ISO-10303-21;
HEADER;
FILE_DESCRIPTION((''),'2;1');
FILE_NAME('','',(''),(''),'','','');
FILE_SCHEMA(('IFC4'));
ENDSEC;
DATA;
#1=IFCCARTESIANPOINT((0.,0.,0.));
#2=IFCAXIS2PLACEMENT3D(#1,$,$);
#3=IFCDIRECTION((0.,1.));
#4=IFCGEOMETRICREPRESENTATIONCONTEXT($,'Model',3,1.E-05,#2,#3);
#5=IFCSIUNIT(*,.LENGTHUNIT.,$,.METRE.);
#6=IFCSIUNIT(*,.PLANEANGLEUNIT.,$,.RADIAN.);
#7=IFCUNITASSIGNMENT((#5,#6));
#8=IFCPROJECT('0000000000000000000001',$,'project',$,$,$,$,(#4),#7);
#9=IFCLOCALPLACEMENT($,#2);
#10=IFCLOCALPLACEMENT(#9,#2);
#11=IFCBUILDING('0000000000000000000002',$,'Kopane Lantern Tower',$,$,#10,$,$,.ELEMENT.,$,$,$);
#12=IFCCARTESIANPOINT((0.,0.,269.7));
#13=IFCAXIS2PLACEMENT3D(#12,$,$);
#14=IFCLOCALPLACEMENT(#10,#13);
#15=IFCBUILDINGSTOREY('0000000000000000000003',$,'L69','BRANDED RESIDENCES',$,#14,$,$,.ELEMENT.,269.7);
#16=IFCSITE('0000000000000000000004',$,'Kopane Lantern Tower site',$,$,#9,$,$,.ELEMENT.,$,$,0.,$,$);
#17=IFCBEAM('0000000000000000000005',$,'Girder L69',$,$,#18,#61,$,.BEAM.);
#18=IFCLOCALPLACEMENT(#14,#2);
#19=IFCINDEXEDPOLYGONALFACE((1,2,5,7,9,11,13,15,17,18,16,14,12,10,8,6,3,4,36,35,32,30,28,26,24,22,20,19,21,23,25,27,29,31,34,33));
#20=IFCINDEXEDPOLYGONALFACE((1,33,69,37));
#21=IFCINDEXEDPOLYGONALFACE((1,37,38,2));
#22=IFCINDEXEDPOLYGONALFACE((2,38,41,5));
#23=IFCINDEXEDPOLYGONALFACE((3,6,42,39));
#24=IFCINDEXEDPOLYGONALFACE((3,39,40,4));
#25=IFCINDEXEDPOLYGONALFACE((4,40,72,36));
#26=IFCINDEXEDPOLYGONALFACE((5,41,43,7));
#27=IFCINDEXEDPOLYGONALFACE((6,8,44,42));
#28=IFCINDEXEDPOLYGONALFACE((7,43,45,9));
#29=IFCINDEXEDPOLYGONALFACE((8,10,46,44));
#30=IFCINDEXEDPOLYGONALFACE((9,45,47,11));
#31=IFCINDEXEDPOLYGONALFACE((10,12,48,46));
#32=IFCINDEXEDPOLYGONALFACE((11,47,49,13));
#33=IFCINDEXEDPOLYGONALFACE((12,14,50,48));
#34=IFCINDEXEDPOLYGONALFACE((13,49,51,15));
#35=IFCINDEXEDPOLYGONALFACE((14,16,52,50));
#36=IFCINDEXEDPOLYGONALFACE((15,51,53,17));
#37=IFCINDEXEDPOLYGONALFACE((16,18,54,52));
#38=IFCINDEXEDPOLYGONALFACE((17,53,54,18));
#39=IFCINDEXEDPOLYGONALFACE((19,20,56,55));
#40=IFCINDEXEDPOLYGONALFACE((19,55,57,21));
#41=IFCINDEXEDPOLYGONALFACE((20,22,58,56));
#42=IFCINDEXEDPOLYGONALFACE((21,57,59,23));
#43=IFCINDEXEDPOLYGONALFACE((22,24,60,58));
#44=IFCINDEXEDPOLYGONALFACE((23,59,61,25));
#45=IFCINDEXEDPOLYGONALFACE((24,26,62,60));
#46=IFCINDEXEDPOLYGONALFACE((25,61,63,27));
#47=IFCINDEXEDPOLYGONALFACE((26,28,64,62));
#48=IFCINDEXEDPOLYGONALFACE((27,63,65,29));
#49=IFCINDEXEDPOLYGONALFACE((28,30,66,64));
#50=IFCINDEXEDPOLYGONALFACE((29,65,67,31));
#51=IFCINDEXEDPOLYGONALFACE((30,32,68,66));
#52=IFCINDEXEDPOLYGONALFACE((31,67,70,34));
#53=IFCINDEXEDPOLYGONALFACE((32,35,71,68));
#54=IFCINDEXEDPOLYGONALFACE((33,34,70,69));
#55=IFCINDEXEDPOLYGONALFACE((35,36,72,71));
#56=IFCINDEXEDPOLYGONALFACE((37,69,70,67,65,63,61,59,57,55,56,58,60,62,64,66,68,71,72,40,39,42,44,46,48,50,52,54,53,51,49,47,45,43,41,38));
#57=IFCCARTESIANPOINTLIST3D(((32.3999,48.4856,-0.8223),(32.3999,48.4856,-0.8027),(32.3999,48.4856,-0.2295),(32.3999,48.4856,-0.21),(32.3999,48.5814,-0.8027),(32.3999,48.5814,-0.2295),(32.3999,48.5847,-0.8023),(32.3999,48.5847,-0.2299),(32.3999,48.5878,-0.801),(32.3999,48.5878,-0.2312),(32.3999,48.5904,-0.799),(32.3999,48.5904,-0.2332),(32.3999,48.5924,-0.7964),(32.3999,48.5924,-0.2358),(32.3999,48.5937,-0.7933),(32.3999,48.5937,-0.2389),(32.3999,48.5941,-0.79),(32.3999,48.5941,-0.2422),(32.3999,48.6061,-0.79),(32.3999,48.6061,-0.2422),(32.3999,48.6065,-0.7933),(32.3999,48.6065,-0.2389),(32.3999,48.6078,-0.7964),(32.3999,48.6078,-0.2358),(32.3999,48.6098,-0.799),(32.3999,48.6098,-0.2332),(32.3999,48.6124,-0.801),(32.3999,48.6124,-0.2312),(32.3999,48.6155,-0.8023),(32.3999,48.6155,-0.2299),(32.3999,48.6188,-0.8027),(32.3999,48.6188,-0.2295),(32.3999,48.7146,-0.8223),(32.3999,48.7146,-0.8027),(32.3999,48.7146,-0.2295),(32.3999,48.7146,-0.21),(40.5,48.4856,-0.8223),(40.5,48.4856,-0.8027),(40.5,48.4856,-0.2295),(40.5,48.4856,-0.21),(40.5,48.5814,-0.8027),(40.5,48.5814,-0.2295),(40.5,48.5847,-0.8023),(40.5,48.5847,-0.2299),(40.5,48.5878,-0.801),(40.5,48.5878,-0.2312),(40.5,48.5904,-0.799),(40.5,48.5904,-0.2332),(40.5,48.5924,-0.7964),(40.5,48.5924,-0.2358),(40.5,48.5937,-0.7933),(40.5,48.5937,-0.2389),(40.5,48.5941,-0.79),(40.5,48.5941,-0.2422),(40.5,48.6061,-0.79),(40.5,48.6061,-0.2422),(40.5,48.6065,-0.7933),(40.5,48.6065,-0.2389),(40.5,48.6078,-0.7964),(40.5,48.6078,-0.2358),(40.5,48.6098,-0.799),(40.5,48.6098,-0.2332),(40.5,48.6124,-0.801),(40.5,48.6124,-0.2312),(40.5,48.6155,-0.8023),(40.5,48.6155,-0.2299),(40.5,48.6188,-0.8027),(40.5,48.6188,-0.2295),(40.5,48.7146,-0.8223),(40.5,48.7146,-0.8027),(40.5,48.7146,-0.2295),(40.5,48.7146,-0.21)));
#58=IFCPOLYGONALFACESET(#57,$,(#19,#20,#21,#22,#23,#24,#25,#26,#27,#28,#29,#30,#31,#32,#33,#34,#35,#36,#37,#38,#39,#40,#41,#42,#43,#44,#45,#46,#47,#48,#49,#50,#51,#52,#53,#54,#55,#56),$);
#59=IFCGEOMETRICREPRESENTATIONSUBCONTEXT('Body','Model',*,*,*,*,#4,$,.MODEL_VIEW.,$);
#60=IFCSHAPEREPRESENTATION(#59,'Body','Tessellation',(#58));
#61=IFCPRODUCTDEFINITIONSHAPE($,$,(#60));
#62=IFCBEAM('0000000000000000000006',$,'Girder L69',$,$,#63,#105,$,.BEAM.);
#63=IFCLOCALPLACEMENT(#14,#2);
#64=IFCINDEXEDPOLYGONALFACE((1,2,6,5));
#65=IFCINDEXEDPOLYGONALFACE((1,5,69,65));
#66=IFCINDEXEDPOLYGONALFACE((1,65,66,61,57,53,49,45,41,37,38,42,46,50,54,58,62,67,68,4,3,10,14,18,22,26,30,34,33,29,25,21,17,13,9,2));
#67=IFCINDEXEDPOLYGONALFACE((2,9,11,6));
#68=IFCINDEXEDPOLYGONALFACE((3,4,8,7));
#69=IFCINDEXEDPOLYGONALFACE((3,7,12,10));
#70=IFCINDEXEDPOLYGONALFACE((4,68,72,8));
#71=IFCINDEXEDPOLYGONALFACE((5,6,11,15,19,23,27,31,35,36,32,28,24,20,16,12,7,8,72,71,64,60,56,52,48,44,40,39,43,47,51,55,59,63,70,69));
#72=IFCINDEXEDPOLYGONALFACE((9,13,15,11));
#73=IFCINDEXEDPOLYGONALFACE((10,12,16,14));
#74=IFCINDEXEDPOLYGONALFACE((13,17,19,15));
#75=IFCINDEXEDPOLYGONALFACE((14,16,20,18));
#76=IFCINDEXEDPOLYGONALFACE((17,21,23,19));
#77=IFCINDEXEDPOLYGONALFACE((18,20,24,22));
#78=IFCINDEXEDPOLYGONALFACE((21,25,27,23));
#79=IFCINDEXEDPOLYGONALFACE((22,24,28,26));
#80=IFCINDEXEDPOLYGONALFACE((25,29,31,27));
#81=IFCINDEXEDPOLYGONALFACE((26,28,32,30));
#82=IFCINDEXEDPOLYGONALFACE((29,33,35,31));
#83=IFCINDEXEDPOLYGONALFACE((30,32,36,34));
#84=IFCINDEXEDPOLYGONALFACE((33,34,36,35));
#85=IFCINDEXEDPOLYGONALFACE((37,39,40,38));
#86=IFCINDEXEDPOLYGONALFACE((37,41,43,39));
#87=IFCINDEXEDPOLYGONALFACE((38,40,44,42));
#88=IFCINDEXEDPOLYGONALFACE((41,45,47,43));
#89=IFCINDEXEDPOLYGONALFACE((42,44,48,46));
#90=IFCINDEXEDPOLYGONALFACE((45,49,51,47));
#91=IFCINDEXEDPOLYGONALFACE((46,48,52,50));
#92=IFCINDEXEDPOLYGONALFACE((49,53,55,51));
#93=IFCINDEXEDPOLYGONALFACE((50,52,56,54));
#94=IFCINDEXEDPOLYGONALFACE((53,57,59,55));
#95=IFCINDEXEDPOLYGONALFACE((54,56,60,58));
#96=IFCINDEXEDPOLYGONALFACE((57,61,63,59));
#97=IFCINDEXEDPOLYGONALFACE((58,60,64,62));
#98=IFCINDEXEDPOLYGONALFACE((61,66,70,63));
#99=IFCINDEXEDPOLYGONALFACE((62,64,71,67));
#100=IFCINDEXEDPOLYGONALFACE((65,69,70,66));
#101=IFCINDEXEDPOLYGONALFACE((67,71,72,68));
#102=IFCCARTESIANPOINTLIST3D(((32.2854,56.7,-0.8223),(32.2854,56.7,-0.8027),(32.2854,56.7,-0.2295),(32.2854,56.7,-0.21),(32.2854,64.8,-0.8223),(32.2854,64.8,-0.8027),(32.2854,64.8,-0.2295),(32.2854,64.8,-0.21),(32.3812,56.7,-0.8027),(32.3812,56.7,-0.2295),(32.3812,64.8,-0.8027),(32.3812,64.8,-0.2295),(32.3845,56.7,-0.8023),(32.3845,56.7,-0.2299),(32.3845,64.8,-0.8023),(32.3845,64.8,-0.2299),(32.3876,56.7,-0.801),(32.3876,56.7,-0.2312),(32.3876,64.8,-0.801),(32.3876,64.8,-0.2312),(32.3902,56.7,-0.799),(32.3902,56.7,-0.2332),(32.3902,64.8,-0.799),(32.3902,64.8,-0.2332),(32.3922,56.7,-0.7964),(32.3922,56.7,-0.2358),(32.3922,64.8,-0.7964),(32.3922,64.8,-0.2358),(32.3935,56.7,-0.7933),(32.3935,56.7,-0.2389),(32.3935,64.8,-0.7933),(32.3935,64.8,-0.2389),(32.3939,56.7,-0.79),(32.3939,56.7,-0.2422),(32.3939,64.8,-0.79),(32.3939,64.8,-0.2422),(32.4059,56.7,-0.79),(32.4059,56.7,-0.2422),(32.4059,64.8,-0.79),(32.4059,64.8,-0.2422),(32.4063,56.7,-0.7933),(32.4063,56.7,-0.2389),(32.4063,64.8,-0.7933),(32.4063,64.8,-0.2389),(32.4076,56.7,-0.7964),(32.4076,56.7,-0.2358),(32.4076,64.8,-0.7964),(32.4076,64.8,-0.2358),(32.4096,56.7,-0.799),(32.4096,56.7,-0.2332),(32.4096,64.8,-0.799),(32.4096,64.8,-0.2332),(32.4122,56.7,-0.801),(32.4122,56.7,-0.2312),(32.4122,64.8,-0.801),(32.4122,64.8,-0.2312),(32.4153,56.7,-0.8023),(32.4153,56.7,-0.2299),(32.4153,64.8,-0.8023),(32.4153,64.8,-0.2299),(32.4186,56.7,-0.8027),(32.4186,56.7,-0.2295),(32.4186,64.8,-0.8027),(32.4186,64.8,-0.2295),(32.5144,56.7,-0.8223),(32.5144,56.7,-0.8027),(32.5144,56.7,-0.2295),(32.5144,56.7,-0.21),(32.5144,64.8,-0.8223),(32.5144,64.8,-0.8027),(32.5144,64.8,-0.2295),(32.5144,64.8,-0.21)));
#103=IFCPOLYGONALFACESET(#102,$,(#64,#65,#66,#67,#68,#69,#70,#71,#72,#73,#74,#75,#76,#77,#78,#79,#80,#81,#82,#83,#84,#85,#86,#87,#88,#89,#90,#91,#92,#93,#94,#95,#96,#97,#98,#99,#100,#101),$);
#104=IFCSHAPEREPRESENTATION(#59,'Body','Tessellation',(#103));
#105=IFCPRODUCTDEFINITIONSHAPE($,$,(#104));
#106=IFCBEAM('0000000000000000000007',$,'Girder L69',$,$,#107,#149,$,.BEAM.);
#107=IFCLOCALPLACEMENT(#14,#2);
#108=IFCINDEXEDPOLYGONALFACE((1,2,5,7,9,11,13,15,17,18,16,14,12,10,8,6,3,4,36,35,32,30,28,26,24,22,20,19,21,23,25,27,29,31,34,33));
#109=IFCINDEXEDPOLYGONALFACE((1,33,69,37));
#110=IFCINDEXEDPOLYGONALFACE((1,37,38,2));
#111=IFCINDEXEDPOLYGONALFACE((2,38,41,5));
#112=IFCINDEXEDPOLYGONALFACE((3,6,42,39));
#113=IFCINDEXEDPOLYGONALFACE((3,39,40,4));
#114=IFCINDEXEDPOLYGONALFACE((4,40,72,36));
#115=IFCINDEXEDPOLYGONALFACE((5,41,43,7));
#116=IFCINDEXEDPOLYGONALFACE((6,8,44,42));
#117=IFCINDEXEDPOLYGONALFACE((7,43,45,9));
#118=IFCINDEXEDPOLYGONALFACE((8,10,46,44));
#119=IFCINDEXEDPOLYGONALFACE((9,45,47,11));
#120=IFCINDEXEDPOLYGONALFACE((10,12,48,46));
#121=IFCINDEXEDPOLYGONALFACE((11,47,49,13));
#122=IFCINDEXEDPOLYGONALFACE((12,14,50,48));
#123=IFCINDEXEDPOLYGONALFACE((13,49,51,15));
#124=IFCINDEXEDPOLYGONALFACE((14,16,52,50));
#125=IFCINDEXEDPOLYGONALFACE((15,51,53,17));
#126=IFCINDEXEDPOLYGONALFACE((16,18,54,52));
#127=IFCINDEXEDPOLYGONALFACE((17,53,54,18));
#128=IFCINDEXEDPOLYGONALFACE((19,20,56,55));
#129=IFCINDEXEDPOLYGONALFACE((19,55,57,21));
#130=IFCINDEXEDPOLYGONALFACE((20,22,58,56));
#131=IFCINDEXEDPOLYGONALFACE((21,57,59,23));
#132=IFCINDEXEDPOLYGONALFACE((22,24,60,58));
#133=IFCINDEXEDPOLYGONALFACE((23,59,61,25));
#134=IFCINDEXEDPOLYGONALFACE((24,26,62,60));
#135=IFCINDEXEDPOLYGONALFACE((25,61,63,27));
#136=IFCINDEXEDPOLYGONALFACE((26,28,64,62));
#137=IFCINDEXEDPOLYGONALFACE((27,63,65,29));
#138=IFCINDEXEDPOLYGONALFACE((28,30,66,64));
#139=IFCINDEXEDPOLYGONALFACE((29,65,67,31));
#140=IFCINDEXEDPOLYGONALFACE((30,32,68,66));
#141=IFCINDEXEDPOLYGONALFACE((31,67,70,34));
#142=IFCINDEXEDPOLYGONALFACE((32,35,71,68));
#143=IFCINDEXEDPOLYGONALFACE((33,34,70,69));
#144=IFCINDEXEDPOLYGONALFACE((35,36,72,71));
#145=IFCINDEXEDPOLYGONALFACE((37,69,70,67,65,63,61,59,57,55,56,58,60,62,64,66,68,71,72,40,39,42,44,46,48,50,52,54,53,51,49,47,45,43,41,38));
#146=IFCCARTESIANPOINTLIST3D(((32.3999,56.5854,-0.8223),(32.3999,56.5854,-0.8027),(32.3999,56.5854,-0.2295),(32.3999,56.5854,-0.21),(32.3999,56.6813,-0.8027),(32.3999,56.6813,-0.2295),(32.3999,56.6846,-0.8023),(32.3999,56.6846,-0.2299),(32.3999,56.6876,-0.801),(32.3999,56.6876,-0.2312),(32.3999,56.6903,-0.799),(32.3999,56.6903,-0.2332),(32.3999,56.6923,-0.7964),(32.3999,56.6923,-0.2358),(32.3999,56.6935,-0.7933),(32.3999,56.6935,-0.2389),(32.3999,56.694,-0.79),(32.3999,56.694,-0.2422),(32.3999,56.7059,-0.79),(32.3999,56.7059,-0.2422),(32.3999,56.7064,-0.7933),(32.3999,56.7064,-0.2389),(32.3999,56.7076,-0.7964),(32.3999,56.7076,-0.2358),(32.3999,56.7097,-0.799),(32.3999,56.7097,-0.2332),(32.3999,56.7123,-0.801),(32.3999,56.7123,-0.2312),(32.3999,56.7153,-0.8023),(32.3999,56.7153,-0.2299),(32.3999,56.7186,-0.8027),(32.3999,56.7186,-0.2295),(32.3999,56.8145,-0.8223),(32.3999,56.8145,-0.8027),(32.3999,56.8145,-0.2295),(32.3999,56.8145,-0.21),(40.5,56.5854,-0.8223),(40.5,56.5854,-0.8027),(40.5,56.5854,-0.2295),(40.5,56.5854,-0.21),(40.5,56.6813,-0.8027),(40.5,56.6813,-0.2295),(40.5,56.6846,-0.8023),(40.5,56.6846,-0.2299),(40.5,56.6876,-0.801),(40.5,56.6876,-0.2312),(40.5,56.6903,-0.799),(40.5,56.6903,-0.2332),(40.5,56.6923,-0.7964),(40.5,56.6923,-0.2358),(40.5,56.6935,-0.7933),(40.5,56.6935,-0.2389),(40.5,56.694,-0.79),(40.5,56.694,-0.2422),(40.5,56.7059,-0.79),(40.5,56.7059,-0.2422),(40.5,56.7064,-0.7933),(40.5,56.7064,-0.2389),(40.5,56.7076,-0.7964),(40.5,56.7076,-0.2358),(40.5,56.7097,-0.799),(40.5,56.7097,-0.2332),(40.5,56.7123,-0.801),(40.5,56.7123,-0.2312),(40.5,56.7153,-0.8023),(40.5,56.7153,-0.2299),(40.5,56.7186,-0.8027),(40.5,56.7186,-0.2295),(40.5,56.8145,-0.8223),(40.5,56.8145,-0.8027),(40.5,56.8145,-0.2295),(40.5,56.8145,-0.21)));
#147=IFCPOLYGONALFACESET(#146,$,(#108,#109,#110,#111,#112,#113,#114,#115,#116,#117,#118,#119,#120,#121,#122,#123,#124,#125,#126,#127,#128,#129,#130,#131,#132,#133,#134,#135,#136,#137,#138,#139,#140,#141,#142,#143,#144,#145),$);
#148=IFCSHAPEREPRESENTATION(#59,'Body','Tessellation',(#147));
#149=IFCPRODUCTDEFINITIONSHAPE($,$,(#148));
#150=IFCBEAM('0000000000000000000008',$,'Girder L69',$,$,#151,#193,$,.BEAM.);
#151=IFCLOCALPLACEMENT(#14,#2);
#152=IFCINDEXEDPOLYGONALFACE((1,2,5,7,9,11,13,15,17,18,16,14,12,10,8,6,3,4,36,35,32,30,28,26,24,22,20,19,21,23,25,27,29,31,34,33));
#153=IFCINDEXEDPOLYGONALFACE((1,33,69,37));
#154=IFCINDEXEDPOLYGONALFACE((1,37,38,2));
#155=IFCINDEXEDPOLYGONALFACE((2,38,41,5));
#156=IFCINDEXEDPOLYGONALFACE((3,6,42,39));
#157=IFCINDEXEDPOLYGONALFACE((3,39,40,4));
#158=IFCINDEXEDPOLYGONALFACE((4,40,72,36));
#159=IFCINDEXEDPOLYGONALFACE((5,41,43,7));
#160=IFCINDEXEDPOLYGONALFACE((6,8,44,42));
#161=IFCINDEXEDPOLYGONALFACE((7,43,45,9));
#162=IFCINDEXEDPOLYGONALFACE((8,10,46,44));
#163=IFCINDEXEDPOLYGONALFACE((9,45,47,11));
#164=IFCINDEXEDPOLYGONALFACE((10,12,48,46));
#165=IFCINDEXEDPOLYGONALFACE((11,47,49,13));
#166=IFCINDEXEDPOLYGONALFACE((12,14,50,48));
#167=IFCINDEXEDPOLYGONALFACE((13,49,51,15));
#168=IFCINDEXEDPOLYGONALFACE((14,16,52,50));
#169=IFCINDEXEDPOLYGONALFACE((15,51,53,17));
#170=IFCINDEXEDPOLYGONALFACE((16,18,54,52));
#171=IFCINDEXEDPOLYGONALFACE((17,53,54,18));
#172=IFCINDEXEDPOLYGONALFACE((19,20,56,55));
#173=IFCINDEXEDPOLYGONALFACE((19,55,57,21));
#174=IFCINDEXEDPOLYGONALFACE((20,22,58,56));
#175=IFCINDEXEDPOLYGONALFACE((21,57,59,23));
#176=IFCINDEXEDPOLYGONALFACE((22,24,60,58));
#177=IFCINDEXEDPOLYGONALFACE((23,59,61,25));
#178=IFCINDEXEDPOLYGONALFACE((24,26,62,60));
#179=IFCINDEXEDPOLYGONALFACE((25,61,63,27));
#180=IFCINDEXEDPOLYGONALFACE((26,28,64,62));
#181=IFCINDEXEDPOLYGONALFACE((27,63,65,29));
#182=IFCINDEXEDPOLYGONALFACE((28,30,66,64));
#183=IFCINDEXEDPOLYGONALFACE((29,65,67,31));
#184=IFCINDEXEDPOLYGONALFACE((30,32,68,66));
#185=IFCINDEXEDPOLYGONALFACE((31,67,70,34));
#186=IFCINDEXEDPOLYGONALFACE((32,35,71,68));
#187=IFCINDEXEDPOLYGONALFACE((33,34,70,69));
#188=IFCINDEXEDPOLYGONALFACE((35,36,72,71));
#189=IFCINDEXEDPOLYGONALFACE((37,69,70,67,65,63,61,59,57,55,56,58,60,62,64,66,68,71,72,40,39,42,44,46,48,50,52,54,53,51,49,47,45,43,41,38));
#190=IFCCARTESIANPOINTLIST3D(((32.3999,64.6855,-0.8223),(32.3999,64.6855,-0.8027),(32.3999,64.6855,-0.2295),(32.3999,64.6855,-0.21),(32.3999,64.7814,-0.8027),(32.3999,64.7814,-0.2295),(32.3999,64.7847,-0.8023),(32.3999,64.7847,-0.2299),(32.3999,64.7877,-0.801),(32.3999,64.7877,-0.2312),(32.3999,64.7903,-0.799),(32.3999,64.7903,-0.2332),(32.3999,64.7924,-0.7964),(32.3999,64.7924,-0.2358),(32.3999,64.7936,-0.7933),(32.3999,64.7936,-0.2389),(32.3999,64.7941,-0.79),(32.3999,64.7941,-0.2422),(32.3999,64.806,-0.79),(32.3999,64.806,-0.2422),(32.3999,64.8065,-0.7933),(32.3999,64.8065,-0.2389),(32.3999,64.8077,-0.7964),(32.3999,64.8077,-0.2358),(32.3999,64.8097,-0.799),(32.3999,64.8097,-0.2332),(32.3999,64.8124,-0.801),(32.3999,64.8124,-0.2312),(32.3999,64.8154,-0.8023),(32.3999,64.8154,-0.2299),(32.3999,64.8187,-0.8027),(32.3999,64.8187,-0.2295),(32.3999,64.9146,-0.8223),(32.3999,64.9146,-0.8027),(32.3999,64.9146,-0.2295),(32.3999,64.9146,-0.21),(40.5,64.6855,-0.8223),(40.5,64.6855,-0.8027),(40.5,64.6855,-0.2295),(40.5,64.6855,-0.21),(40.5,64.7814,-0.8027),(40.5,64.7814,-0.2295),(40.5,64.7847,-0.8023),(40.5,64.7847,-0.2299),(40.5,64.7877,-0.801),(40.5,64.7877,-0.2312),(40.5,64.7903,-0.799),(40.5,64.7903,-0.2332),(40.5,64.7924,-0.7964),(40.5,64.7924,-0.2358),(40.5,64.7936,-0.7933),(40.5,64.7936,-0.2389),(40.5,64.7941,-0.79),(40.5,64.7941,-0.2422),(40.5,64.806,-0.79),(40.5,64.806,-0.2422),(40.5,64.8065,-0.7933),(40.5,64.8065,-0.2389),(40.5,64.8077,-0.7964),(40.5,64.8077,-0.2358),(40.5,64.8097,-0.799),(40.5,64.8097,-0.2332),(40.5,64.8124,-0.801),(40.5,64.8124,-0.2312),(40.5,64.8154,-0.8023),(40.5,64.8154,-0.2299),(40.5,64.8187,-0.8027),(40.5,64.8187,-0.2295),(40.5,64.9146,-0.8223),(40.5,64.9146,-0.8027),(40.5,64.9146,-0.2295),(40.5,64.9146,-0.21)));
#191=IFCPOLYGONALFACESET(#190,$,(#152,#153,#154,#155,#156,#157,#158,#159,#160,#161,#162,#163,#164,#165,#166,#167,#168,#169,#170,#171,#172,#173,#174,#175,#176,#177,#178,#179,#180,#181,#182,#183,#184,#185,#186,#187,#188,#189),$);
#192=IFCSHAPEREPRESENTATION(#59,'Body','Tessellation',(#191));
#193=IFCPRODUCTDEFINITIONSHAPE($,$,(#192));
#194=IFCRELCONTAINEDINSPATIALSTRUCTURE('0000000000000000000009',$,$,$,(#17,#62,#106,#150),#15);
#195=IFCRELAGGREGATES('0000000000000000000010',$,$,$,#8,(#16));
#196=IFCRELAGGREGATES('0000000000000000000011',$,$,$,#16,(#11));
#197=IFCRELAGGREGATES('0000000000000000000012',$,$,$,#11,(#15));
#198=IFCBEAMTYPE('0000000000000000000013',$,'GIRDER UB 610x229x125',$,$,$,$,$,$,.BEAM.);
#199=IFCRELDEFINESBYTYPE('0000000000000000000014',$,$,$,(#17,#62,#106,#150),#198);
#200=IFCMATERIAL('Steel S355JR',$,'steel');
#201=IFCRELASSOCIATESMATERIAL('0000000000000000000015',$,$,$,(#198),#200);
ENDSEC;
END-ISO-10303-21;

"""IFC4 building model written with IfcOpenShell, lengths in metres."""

from ifc_helpers import new_model, si_unit, direction, frame, origin, origin_2d, place, context, subcontext, project, spatial, i_section, extrude, material, material_profile, profile_set, type_object, element, save


model = new_model("IFC4")

# Units and contexts
model_context = context("Model", 3, precision=1e-05, world=origin(), true_north=direction((0.0, 1.0)))
body_context = subcontext(model_context, "Body", "Model", "MODEL_VIEW")
ifc_project = project(units=[si_unit("LENGTHUNIT", "METRE"), si_unit("PLANEANGLEUNIT", "RADIAN")], contexts=[model_context])

# Site, building, storey
site_placement = place(None, origin())
site = spatial("IfcSite", under=ifc_project, at=site_placement, Name="Kopane Lantern Tower site", CompositionType="ELEMENT", RefElevation=0.0)
building_placement = place(site_placement, origin())
building = spatial("IfcBuilding", under=site, at=building_placement, Name="Kopane Lantern Tower", CompositionType="ELEMENT")
storey_placement = place(building_placement, frame((0.0, 0.0, 269.7)))
storey = spatial("IfcBuildingStorey", under=building, at=storey_placement, Name="L69", Description="BRANDED RESIDENCES", CompositionType="ELEMENT", Elevation=269.7)

# Beams
ifc_material_1 = material(Name="Steel S355JR", Category="steel")
ifc_material_profile_1 = material_profile(ifc_material_1, i_section(OverallWidth=0.229, OverallDepth=0.6123, WebThickness=0.012, FlangeThickness=0.0195, FilletRadius=0.0127, at=origin_2d()), Name="UB 610x229x125")
ifc_profile_set_1 = profile_set([ifc_material_profile_1], Name="Steel S355JR")
beam_type = type_object("IfcBeamType", Name="GIRDER UB 610x229x125", PredefinedType="BEAM", material=ifc_profile_set_1)
for number, where, z_axis, x_axis, name in (
    (1, (32.3999, 48.6001, -0.5161), (1.0, 0.0, 0.0), (0.0, 1.0, 0.0), "Girder L69"),
    (2, (32.3999, 56.7, -0.5161), (0.0, 1.0, 0.0), (-1.0, 0.0, 0.0), "Girder L69"),
    (3, (32.3999, 56.7, -0.5161), (1.0, 0.0, 0.0), (0.0, 1.0, 0.0), "Girder L69"),
    (4, (32.3999, 64.8, -0.5161), (1.0, 0.0, 0.0), (0.0, 1.0, 0.0), "Girder L69"),
):
    element("IfcBeam", number, at=place(storey_placement, frame(where, z_axis=z_axis, x_axis=x_axis)), inside=storey, type_object=beam_type, Name=name, PredefinedType="BEAM", context=body_context, shape_type="SweptSolid", body=[
        extrude(i_section(OverallWidth=0.229, OverallDepth=0.6123, WebThickness=0.012, FlangeThickness=0.0195, FilletRadius=0.0127, at=origin_2d()), origin(), (0.0, 0.0, 1.0), 8.1001),
    ])

save(model, "model.ifc")
